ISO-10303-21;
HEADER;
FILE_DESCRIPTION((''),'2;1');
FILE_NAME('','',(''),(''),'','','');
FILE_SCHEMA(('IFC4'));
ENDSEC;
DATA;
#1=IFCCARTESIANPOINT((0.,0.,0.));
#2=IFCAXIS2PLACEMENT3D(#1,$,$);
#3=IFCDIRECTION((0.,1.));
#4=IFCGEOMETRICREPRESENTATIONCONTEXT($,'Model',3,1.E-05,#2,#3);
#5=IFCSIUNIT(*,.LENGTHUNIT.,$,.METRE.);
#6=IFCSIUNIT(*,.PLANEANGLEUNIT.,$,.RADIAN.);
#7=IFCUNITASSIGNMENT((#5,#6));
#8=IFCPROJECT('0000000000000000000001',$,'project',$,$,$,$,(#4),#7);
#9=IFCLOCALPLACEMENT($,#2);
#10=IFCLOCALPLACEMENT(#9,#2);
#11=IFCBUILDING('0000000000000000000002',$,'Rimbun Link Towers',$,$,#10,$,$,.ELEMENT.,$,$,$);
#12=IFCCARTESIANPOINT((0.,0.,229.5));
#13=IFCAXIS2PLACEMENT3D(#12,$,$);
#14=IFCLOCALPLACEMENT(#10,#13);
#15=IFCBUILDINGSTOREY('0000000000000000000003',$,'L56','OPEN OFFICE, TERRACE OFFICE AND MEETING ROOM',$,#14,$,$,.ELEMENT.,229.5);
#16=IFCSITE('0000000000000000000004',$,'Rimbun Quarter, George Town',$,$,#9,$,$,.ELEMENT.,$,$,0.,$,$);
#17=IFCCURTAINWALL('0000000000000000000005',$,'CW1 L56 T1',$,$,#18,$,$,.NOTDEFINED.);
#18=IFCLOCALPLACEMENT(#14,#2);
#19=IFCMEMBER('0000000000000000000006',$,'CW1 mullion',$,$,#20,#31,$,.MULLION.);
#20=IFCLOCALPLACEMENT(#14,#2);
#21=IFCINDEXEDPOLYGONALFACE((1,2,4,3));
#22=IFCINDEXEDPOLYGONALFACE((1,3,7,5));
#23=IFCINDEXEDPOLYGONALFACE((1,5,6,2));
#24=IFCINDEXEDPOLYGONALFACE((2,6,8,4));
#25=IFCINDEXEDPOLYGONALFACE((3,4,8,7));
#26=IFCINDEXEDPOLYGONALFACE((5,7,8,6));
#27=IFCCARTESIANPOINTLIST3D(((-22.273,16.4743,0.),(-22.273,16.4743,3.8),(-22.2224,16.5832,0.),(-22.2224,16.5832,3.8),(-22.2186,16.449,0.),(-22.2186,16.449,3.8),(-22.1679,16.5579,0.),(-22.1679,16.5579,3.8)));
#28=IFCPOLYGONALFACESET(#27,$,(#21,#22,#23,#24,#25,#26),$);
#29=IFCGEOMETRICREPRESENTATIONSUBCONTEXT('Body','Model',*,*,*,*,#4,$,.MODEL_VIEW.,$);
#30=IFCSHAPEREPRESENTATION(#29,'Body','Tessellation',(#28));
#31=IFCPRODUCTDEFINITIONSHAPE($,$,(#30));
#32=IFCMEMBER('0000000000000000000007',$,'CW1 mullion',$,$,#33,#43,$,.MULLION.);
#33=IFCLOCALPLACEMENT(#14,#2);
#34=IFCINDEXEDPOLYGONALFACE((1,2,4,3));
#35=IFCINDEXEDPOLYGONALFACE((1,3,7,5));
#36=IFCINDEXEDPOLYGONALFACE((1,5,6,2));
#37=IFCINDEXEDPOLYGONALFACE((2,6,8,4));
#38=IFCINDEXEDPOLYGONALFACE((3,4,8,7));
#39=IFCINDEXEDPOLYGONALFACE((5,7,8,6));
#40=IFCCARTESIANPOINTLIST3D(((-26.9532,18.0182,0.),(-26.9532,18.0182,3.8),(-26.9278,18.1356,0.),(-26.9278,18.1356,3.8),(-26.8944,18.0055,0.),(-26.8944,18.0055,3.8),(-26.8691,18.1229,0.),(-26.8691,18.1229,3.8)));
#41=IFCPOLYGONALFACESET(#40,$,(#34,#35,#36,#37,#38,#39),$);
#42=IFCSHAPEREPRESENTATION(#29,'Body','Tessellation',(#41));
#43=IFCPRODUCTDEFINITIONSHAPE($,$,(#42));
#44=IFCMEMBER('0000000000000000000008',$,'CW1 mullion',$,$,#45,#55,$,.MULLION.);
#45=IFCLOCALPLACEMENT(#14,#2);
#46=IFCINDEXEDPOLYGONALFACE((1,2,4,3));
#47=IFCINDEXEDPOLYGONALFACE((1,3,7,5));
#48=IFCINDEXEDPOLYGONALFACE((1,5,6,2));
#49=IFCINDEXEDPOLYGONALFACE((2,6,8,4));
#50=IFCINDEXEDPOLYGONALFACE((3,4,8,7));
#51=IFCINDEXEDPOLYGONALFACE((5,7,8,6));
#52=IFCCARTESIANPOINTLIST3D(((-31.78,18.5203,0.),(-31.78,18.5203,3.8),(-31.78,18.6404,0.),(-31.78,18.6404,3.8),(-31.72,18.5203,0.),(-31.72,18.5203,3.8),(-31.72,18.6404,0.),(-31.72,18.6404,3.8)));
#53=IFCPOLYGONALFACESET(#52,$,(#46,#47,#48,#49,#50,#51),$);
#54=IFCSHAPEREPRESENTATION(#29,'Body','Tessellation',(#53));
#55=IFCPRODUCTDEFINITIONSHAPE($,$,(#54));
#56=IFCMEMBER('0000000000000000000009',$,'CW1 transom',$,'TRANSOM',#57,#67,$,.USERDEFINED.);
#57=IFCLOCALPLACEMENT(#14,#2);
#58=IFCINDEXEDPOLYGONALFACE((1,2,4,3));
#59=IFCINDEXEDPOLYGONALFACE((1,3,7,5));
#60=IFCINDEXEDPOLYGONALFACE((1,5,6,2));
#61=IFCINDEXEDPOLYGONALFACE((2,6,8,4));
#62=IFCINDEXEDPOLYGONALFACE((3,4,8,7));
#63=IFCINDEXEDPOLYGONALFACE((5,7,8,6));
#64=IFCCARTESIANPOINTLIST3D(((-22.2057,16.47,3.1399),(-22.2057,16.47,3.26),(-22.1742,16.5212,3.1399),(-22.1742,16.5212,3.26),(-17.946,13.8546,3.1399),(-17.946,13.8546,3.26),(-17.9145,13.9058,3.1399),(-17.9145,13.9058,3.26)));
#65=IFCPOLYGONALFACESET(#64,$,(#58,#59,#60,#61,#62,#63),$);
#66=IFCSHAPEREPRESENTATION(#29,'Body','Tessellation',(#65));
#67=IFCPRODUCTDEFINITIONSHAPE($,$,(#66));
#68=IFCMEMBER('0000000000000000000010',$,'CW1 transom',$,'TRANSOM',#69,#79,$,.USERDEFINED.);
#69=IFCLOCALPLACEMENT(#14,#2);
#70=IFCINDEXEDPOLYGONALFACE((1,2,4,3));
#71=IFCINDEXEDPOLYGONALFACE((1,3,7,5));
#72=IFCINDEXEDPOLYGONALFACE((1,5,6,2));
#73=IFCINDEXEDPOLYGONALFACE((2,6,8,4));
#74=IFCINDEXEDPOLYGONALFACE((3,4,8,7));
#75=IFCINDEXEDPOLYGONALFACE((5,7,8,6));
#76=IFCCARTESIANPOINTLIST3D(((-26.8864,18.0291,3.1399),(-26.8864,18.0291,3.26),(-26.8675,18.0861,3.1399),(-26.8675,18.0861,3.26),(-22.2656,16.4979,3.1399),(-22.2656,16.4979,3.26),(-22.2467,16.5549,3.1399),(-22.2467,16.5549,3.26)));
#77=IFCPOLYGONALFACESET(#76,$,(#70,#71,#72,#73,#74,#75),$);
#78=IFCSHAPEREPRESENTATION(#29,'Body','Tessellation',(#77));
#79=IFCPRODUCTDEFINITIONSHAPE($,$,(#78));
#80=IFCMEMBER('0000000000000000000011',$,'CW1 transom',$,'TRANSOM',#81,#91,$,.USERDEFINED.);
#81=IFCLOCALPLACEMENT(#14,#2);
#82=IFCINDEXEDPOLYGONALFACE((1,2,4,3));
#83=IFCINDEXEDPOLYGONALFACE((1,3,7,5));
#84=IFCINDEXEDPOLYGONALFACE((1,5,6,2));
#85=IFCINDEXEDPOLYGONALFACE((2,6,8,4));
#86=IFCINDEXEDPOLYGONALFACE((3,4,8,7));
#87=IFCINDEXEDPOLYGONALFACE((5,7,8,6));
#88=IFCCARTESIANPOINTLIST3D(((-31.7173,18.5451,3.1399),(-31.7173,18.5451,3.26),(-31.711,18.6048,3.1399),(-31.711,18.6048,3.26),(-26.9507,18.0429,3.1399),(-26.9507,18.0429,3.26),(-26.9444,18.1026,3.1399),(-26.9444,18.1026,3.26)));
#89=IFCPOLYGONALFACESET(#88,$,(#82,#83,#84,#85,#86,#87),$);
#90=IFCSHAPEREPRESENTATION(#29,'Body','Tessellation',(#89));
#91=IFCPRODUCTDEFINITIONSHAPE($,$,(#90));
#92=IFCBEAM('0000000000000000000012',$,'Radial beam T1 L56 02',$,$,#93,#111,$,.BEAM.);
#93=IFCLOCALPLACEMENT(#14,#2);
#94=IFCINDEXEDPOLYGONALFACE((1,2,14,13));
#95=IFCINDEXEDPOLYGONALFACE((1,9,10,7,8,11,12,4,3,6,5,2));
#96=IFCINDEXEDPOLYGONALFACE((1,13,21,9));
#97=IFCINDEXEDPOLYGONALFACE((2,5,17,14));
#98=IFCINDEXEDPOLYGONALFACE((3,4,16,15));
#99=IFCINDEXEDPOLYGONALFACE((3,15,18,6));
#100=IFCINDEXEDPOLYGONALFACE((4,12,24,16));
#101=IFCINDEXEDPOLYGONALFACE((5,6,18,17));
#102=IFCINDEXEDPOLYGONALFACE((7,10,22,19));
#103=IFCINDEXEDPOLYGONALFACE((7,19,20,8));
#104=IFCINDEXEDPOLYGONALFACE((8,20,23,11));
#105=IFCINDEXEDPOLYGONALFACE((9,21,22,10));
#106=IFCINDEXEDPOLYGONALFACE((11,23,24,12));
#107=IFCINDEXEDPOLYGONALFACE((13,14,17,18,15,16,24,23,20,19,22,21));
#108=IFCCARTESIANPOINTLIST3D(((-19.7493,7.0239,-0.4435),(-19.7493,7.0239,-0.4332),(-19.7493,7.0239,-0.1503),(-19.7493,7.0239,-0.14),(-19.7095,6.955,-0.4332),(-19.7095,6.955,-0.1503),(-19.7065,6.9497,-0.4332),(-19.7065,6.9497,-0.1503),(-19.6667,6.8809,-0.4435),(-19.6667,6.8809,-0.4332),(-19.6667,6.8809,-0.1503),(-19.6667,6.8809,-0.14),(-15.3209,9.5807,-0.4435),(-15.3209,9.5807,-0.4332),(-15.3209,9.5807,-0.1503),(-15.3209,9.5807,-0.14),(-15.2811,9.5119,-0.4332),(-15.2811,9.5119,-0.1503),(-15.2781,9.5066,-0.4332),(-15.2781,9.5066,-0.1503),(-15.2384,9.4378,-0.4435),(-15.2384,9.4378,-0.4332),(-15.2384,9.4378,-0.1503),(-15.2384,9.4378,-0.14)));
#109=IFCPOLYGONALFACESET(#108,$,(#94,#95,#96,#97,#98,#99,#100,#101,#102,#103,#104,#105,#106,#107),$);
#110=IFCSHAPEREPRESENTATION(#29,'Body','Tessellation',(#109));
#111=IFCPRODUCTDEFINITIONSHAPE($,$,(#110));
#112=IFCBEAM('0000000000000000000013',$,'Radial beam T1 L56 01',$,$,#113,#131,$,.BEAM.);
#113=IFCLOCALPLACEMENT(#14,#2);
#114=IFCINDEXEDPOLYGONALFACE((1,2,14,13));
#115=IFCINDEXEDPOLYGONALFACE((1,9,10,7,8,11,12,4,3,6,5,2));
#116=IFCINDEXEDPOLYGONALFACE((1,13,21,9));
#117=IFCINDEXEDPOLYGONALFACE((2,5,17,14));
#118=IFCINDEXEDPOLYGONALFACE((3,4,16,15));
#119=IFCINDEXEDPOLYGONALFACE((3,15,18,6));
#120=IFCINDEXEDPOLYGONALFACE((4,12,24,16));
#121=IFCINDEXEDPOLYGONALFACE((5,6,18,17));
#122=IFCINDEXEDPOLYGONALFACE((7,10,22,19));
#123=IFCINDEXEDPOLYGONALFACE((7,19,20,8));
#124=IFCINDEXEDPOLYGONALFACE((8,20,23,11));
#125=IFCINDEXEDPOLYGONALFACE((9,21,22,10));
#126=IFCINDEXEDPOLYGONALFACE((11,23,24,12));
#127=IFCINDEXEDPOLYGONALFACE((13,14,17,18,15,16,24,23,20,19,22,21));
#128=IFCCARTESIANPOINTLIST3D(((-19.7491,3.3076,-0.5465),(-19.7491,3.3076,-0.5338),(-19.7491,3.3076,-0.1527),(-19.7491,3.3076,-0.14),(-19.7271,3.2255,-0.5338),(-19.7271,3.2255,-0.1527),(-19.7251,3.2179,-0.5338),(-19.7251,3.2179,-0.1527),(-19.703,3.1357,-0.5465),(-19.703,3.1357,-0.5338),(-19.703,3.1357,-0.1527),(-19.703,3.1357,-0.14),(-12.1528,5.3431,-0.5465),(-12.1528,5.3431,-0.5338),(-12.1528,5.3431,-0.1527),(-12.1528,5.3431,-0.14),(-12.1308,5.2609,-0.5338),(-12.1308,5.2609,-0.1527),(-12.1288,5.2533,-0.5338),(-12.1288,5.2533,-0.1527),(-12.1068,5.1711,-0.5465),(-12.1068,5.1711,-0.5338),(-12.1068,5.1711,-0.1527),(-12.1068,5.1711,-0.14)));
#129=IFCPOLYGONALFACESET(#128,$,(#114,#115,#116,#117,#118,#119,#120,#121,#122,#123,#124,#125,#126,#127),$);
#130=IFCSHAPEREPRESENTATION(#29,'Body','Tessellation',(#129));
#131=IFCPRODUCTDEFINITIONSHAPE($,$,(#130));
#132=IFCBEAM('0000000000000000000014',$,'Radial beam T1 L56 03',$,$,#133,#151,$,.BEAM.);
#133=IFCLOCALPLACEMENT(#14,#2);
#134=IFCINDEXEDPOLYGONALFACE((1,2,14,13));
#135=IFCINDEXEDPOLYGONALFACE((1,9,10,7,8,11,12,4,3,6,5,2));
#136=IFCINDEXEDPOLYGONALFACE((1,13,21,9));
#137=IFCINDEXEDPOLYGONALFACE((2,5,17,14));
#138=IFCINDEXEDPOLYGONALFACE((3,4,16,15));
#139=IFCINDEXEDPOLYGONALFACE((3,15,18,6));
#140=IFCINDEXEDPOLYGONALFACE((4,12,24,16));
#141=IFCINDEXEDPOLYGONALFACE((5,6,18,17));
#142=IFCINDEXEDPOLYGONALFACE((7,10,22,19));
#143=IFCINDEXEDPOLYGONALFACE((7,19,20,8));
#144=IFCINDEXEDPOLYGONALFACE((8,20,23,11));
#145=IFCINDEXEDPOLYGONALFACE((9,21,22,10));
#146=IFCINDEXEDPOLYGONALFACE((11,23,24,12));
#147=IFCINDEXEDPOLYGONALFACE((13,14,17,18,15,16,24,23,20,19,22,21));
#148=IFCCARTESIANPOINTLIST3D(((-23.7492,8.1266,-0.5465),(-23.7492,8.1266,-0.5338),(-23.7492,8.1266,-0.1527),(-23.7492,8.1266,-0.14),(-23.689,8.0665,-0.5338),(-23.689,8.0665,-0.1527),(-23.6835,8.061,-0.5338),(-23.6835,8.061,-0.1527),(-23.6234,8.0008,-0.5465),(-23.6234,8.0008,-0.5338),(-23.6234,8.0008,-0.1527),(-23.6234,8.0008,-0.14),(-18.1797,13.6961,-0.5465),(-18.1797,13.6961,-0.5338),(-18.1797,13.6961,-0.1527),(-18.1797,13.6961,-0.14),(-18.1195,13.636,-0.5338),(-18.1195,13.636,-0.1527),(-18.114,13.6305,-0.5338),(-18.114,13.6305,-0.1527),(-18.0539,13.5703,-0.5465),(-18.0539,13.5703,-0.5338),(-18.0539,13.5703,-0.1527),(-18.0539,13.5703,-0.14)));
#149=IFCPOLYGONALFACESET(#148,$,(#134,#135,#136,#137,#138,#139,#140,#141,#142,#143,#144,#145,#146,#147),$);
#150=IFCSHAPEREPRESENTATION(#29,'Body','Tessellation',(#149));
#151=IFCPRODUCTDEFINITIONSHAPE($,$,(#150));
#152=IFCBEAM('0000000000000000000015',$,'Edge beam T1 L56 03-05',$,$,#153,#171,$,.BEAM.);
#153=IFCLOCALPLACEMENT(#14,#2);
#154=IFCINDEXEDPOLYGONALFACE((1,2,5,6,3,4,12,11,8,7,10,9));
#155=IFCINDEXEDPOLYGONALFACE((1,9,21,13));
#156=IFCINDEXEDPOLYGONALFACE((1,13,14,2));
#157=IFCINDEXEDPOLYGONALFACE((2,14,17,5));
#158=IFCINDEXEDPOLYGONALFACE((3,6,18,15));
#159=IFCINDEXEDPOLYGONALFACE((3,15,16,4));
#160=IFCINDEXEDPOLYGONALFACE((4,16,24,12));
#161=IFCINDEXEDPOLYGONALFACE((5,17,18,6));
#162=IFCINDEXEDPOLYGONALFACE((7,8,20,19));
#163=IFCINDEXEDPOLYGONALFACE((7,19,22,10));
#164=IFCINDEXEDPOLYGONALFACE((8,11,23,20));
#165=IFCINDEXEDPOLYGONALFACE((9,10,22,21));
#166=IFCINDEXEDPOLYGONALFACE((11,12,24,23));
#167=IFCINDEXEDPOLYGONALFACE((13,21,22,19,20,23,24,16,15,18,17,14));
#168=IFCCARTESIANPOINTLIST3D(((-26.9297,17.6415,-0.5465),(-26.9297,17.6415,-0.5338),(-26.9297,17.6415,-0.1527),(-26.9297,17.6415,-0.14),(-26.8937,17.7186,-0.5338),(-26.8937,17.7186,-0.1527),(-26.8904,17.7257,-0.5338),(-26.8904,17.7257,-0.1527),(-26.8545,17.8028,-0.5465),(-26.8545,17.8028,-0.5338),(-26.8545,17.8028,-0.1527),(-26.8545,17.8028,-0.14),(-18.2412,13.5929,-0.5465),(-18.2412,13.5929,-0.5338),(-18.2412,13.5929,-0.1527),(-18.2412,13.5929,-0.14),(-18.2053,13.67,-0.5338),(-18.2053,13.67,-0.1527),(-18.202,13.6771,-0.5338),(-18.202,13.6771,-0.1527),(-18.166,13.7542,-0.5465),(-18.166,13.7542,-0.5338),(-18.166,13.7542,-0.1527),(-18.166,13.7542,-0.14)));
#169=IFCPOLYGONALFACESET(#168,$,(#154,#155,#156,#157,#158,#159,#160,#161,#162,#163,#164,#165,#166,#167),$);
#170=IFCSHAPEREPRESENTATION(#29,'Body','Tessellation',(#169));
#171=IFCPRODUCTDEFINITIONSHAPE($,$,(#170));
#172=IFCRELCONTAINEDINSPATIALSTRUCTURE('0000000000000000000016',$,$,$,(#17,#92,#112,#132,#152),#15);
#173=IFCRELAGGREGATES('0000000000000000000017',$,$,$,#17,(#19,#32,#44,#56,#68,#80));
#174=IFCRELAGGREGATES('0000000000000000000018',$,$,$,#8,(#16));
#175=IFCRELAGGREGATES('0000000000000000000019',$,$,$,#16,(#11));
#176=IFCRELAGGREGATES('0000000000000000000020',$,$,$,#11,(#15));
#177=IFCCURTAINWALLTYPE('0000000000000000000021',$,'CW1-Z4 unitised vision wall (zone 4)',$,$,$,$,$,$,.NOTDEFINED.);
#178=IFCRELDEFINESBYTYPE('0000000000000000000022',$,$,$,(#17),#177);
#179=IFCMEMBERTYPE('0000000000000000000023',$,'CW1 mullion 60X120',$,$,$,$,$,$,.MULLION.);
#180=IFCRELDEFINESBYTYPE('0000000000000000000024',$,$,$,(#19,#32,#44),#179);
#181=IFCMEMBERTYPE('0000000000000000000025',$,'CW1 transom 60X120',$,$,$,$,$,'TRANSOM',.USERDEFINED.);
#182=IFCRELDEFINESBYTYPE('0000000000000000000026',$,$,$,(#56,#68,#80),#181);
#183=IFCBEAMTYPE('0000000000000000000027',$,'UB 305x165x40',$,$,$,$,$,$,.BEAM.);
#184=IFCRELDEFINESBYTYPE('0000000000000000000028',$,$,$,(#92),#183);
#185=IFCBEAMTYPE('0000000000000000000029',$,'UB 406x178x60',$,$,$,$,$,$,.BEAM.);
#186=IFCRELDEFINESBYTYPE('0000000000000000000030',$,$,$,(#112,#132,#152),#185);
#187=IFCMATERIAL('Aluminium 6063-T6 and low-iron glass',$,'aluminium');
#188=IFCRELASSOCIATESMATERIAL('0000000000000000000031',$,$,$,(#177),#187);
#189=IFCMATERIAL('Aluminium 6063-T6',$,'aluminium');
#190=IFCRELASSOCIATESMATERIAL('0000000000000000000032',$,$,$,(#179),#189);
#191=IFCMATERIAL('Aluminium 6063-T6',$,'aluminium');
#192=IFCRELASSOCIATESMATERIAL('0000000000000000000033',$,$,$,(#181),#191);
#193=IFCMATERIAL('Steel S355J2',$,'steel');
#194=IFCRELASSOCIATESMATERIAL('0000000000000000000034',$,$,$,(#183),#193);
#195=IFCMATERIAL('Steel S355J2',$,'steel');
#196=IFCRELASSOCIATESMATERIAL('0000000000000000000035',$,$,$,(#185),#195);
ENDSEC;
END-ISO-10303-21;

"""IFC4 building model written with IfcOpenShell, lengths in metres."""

from ifc_helpers import new_model, si_unit, direction, frame, origin, origin_2d, place, context, subcontext, project, spatial, rectangle, i_section, extrude, material, material_profile, profile_set, type_object, element, aggregate, save


model = new_model("IFC4")

# Units and contexts
model_context = context("Model", 3, precision=1e-05, world=origin(), true_north=direction((0.0, 1.0)))
body_context = subcontext(model_context, "Body", "Model", "MODEL_VIEW")
ifc_project = project(units=[si_unit("LENGTHUNIT", "METRE"), si_unit("PLANEANGLEUNIT", "RADIAN")], contexts=[model_context])

# Site, building, storey
site_placement = place(None, origin())
site = spatial("IfcSite", under=ifc_project, at=site_placement, Name="Rimbun Quarter, George Town", CompositionType="ELEMENT", RefElevation=0.0)
building_placement = place(site_placement, origin())
building = spatial("IfcBuilding", under=site, at=building_placement, Name="Rimbun Link Towers", CompositionType="ELEMENT")
storey_placement = place(building_placement, frame((0.0, 0.0, 229.5)))
storey = spatial("IfcBuildingStorey", under=building, at=storey_placement, Name="L56", Description="OPEN OFFICE, TERRACE OFFICE AND MEETING ROOM", CompositionType="ELEMENT", Elevation=229.5)

# Curtain wall, members
ifc_material_1 = material(Name="Aluminium 6063-T6 and low-iron glass", Category="aluminium")
curtain_wall_type = type_object("IfcCurtainWallType", Name="CW1-Z4 unitised vision wall (zone 4)", PredefinedType="NOTDEFINED", material=ifc_material_1)
curtain_wall_placement = place(storey_placement, origin())
curtain_wall = element("IfcCurtainWall", 1, at=curtain_wall_placement, inside=storey, type_object=curtain_wall_type, Name="CW1 L56 T1", PredefinedType="NOTDEFINED")
ifc_material_2 = material(Name="Aluminium 6063-T6", Category="aluminium")
ifc_material_profile_1 = material_profile(ifc_material_2, rectangle(XDim=0.1201, YDim=0.0601, at=origin_2d()), Name="MULLION 60X120")
ifc_profile_set_1 = profile_set([ifc_material_profile_1], Name="Aluminium 6063-T6")
member_type_1 = type_object("IfcMemberType", Name="CW1 mullion 60X120", PredefinedType="MULLION", material=ifc_profile_set_1)
member_1_placement = place(storey_placement, frame((-22.2205, 16.5161, 0.0), z_axis=(0.0, 0.0, 1.0), x_axis=(0.421702, 0.906734, 0.0)))
member_1 = element("IfcMember", 2, at=member_1_placement, type_object=member_type_1, Name="CW1 mullion", PredefinedType="MULLION", context=body_context, shape_type="SweptSolid", body=[
    extrude(rectangle(XDim=0.1201, YDim=0.0601, at=origin_2d()), origin(), (0.0, 0.0, 1.0), 3.8),
])
member_2_placement = place(storey_placement, frame((-26.9111, 18.0706, 0.0), z_axis=(0.0, 0.0, 1.0), x_axis=(0.21087, 0.977514, 0.0)))
member_2 = element("IfcMember", 3, at=member_2_placement, type_object=member_type_1, Name="CW1 mullion", PredefinedType="MULLION", context=body_context, shape_type="SweptSolid", body=[
    extrude(rectangle(XDim=0.1201, YDim=0.0601, at=origin_2d()), origin(), (0.0, 0.0, 1.0), 3.8),
])
member_3_placement = place(storey_placement, frame((-31.75, 18.5803, 0.0), z_axis=(0.0, 0.0, 1.0), x_axis=(0.0, 1.0, 0.0)))
member_3 = element("IfcMember", 4, at=member_3_placement, type_object=member_type_1, Name="CW1 mullion", PredefinedType="MULLION", context=body_context, shape_type="SweptSolid", body=[
    extrude(rectangle(XDim=0.1201, YDim=0.0601, at=origin_2d()), origin(), (0.0, 0.0, 1.0), 3.8),
])
ifc_material_3 = material(Name="Aluminium 6063-T6", Category="aluminium")
ifc_material_profile_2 = material_profile(ifc_material_3, rectangle(XDim=0.0601, YDim=0.1201, at=origin_2d()), Name="TRANSOM 60X120")
ifc_profile_set_2 = profile_set([ifc_material_profile_2], Name="Aluminium 6063-T6")
member_type_2 = type_object("IfcMemberType", Name="CW1 transom 60X120", ElementType="TRANSOM", PredefinedType="USERDEFINED", material=ifc_profile_set_2)
member_4_placement = place(storey_placement, frame((-22.1899, 16.4956, 3.2), z_axis=(0.852186, -0.523239, 0.0), x_axis=(0.523239, 0.852186, 0.0)))
member_4 = element("IfcMember", 5, at=member_4_placement, type_object=member_type_2, Name="CW1 transom", ObjectType="TRANSOM", PredefinedType="USERDEFINED", context=body_context, shape_type="SweptSolid", body=[
    extrude(rectangle(XDim=0.0601, YDim=0.1201, at=origin_2d()), origin(), (0.0, 0.0, 1.0), 4.9985),
])
member_5_placement = place(storey_placement, frame((-26.877, 18.0576, 3.2), z_axis=(0.949239, -0.314557, 0.0), x_axis=(0.314557, 0.949239, 0.0)))
member_5 = element("IfcMember", 6, at=member_5_placement, type_object=member_type_2, Name="CW1 transom", ObjectType="TRANSOM", PredefinedType="USERDEFINED", context=body_context, shape_type="SweptSolid", body=[
    extrude(rectangle(XDim=0.0601, YDim=0.1201, at=origin_2d()), origin(), (0.0, 0.0, 1.0), 4.8679),
])
member_6_placement = place(storey_placement, frame((-31.7141, 18.575, 3.2), z_axis=(0.994496, -0.104778, 0.0), x_axis=(0.104778, 0.994496, 0.0)))
member_6 = element("IfcMember", 7, at=member_6_placement, type_object=member_type_2, Name="CW1 transom", ObjectType="TRANSOM", PredefinedType="USERDEFINED", context=body_context, shape_type="SweptSolid", body=[
    extrude(rectangle(XDim=0.0601, YDim=0.1201, at=origin_2d()), origin(), (0.0, 0.0, 1.0), 4.793),
])

# Beams
ifc_material_4 = material(Name="Steel S355J2", Category="steel")
ifc_material_profile_3 = material_profile(ifc_material_4, i_section(OverallWidth=0.165, OverallDepth=0.3035, WebThickness=0.0061, FlangeThickness=0.0103, at=origin_2d()), Name="UB 305x165x40")
ifc_profile_set_3 = profile_set([ifc_material_profile_3], Name="Steel S355J2")
beam_type_1 = type_object("IfcBeamType", Name="UB 305x165x40", PredefinedType="BEAM", material=ifc_profile_set_3)
beam_1_placement = place(storey_placement, frame((-19.708, 6.9524, -0.2917), z_axis=(0.866016, 0.500016, 0.0), x_axis=(-0.500016, 0.866016, 0.0)))
element("IfcBeam", 8, at=beam_1_placement, inside=storey, type_object=beam_type_1, Name="Radial beam T1 L56 02", PredefinedType="BEAM", context=body_context, shape_type="SweptSolid", body=[
    extrude(i_section(OverallWidth=0.165, OverallDepth=0.3035, WebThickness=0.0061, FlangeThickness=0.0103, at=origin_2d()), origin(), (0.0, 0.0, 1.0), 5.1135),
])
ifc_material_5 = material(Name="Steel S355J2", Category="steel")
ifc_material_profile_4 = material_profile(ifc_material_5, i_section(OverallWidth=0.178, OverallDepth=0.4065, WebThickness=0.0078, FlangeThickness=0.0127, at=origin_2d()), Name="UB 406x178x60")
ifc_profile_set_4 = profile_set([ifc_material_profile_4], Name="Steel S355J2")
beam_type_2 = type_object("IfcBeamType", Name="UB 406x178x60", PredefinedType="BEAM", material=ifc_profile_set_4)
beam_2_placement = place(storey_placement, frame((-19.7261, 3.2217, -0.3433), z_axis=(0.965926, 0.25882, 0.0), x_axis=(-0.25882, 0.965926, 0.0)))
element("IfcBeam", 9, at=beam_2_placement, inside=storey, type_object=beam_type_2, Name="Radial beam T1 L56 01", PredefinedType="BEAM", context=body_context, shape_type="SweptSolid", body=[
    extrude(i_section(OverallWidth=0.178, OverallDepth=0.4065, WebThickness=0.0078, FlangeThickness=0.0127, at=origin_2d()), origin(), (0.0, 0.0, 1.0), 7.8643),
])
beam_3_placement = place(storey_placement, frame((-23.6863, 8.0637, -0.3433), z_axis=(0.707107, 0.707107, 0.0), x_axis=(-0.707107, 0.707107, 0.0)))
element("IfcBeam", 10, at=beam_3_placement, inside=storey, type_object=beam_type_2, Name="Radial beam T1 L56 03", PredefinedType="BEAM", context=body_context, shape_type="SweptSolid", body=[
    extrude(i_section(OverallWidth=0.178, OverallDepth=0.4065, WebThickness=0.0078, FlangeThickness=0.0127, at=origin_2d()), origin(), (0.0, 0.0, 1.0), 7.8765),
])
beam_4_placement = place(storey_placement, frame((-18.2036, 13.6736, -0.3433), z_axis=(-0.906424, 0.422368, 0.0), x_axis=(-0.422368, -0.906424, 0.0)))
element("IfcBeam", 11, at=beam_4_placement, inside=storey, type_object=beam_type_2, Name="Edge beam T1 L56 03-05", PredefinedType="BEAM", context=body_context, shape_type="SweptSolid", body=[
    extrude(i_section(OverallWidth=0.178, OverallDepth=0.4065, WebThickness=0.0078, FlangeThickness=0.0127, at=origin_2d()), origin(), (0.0, 0.0, 1.0), 9.5854),
])

aggregate(curtain_wall, [member_1, member_2, member_3, member_4, member_5, member_6])

save(model, "model.ifc")
